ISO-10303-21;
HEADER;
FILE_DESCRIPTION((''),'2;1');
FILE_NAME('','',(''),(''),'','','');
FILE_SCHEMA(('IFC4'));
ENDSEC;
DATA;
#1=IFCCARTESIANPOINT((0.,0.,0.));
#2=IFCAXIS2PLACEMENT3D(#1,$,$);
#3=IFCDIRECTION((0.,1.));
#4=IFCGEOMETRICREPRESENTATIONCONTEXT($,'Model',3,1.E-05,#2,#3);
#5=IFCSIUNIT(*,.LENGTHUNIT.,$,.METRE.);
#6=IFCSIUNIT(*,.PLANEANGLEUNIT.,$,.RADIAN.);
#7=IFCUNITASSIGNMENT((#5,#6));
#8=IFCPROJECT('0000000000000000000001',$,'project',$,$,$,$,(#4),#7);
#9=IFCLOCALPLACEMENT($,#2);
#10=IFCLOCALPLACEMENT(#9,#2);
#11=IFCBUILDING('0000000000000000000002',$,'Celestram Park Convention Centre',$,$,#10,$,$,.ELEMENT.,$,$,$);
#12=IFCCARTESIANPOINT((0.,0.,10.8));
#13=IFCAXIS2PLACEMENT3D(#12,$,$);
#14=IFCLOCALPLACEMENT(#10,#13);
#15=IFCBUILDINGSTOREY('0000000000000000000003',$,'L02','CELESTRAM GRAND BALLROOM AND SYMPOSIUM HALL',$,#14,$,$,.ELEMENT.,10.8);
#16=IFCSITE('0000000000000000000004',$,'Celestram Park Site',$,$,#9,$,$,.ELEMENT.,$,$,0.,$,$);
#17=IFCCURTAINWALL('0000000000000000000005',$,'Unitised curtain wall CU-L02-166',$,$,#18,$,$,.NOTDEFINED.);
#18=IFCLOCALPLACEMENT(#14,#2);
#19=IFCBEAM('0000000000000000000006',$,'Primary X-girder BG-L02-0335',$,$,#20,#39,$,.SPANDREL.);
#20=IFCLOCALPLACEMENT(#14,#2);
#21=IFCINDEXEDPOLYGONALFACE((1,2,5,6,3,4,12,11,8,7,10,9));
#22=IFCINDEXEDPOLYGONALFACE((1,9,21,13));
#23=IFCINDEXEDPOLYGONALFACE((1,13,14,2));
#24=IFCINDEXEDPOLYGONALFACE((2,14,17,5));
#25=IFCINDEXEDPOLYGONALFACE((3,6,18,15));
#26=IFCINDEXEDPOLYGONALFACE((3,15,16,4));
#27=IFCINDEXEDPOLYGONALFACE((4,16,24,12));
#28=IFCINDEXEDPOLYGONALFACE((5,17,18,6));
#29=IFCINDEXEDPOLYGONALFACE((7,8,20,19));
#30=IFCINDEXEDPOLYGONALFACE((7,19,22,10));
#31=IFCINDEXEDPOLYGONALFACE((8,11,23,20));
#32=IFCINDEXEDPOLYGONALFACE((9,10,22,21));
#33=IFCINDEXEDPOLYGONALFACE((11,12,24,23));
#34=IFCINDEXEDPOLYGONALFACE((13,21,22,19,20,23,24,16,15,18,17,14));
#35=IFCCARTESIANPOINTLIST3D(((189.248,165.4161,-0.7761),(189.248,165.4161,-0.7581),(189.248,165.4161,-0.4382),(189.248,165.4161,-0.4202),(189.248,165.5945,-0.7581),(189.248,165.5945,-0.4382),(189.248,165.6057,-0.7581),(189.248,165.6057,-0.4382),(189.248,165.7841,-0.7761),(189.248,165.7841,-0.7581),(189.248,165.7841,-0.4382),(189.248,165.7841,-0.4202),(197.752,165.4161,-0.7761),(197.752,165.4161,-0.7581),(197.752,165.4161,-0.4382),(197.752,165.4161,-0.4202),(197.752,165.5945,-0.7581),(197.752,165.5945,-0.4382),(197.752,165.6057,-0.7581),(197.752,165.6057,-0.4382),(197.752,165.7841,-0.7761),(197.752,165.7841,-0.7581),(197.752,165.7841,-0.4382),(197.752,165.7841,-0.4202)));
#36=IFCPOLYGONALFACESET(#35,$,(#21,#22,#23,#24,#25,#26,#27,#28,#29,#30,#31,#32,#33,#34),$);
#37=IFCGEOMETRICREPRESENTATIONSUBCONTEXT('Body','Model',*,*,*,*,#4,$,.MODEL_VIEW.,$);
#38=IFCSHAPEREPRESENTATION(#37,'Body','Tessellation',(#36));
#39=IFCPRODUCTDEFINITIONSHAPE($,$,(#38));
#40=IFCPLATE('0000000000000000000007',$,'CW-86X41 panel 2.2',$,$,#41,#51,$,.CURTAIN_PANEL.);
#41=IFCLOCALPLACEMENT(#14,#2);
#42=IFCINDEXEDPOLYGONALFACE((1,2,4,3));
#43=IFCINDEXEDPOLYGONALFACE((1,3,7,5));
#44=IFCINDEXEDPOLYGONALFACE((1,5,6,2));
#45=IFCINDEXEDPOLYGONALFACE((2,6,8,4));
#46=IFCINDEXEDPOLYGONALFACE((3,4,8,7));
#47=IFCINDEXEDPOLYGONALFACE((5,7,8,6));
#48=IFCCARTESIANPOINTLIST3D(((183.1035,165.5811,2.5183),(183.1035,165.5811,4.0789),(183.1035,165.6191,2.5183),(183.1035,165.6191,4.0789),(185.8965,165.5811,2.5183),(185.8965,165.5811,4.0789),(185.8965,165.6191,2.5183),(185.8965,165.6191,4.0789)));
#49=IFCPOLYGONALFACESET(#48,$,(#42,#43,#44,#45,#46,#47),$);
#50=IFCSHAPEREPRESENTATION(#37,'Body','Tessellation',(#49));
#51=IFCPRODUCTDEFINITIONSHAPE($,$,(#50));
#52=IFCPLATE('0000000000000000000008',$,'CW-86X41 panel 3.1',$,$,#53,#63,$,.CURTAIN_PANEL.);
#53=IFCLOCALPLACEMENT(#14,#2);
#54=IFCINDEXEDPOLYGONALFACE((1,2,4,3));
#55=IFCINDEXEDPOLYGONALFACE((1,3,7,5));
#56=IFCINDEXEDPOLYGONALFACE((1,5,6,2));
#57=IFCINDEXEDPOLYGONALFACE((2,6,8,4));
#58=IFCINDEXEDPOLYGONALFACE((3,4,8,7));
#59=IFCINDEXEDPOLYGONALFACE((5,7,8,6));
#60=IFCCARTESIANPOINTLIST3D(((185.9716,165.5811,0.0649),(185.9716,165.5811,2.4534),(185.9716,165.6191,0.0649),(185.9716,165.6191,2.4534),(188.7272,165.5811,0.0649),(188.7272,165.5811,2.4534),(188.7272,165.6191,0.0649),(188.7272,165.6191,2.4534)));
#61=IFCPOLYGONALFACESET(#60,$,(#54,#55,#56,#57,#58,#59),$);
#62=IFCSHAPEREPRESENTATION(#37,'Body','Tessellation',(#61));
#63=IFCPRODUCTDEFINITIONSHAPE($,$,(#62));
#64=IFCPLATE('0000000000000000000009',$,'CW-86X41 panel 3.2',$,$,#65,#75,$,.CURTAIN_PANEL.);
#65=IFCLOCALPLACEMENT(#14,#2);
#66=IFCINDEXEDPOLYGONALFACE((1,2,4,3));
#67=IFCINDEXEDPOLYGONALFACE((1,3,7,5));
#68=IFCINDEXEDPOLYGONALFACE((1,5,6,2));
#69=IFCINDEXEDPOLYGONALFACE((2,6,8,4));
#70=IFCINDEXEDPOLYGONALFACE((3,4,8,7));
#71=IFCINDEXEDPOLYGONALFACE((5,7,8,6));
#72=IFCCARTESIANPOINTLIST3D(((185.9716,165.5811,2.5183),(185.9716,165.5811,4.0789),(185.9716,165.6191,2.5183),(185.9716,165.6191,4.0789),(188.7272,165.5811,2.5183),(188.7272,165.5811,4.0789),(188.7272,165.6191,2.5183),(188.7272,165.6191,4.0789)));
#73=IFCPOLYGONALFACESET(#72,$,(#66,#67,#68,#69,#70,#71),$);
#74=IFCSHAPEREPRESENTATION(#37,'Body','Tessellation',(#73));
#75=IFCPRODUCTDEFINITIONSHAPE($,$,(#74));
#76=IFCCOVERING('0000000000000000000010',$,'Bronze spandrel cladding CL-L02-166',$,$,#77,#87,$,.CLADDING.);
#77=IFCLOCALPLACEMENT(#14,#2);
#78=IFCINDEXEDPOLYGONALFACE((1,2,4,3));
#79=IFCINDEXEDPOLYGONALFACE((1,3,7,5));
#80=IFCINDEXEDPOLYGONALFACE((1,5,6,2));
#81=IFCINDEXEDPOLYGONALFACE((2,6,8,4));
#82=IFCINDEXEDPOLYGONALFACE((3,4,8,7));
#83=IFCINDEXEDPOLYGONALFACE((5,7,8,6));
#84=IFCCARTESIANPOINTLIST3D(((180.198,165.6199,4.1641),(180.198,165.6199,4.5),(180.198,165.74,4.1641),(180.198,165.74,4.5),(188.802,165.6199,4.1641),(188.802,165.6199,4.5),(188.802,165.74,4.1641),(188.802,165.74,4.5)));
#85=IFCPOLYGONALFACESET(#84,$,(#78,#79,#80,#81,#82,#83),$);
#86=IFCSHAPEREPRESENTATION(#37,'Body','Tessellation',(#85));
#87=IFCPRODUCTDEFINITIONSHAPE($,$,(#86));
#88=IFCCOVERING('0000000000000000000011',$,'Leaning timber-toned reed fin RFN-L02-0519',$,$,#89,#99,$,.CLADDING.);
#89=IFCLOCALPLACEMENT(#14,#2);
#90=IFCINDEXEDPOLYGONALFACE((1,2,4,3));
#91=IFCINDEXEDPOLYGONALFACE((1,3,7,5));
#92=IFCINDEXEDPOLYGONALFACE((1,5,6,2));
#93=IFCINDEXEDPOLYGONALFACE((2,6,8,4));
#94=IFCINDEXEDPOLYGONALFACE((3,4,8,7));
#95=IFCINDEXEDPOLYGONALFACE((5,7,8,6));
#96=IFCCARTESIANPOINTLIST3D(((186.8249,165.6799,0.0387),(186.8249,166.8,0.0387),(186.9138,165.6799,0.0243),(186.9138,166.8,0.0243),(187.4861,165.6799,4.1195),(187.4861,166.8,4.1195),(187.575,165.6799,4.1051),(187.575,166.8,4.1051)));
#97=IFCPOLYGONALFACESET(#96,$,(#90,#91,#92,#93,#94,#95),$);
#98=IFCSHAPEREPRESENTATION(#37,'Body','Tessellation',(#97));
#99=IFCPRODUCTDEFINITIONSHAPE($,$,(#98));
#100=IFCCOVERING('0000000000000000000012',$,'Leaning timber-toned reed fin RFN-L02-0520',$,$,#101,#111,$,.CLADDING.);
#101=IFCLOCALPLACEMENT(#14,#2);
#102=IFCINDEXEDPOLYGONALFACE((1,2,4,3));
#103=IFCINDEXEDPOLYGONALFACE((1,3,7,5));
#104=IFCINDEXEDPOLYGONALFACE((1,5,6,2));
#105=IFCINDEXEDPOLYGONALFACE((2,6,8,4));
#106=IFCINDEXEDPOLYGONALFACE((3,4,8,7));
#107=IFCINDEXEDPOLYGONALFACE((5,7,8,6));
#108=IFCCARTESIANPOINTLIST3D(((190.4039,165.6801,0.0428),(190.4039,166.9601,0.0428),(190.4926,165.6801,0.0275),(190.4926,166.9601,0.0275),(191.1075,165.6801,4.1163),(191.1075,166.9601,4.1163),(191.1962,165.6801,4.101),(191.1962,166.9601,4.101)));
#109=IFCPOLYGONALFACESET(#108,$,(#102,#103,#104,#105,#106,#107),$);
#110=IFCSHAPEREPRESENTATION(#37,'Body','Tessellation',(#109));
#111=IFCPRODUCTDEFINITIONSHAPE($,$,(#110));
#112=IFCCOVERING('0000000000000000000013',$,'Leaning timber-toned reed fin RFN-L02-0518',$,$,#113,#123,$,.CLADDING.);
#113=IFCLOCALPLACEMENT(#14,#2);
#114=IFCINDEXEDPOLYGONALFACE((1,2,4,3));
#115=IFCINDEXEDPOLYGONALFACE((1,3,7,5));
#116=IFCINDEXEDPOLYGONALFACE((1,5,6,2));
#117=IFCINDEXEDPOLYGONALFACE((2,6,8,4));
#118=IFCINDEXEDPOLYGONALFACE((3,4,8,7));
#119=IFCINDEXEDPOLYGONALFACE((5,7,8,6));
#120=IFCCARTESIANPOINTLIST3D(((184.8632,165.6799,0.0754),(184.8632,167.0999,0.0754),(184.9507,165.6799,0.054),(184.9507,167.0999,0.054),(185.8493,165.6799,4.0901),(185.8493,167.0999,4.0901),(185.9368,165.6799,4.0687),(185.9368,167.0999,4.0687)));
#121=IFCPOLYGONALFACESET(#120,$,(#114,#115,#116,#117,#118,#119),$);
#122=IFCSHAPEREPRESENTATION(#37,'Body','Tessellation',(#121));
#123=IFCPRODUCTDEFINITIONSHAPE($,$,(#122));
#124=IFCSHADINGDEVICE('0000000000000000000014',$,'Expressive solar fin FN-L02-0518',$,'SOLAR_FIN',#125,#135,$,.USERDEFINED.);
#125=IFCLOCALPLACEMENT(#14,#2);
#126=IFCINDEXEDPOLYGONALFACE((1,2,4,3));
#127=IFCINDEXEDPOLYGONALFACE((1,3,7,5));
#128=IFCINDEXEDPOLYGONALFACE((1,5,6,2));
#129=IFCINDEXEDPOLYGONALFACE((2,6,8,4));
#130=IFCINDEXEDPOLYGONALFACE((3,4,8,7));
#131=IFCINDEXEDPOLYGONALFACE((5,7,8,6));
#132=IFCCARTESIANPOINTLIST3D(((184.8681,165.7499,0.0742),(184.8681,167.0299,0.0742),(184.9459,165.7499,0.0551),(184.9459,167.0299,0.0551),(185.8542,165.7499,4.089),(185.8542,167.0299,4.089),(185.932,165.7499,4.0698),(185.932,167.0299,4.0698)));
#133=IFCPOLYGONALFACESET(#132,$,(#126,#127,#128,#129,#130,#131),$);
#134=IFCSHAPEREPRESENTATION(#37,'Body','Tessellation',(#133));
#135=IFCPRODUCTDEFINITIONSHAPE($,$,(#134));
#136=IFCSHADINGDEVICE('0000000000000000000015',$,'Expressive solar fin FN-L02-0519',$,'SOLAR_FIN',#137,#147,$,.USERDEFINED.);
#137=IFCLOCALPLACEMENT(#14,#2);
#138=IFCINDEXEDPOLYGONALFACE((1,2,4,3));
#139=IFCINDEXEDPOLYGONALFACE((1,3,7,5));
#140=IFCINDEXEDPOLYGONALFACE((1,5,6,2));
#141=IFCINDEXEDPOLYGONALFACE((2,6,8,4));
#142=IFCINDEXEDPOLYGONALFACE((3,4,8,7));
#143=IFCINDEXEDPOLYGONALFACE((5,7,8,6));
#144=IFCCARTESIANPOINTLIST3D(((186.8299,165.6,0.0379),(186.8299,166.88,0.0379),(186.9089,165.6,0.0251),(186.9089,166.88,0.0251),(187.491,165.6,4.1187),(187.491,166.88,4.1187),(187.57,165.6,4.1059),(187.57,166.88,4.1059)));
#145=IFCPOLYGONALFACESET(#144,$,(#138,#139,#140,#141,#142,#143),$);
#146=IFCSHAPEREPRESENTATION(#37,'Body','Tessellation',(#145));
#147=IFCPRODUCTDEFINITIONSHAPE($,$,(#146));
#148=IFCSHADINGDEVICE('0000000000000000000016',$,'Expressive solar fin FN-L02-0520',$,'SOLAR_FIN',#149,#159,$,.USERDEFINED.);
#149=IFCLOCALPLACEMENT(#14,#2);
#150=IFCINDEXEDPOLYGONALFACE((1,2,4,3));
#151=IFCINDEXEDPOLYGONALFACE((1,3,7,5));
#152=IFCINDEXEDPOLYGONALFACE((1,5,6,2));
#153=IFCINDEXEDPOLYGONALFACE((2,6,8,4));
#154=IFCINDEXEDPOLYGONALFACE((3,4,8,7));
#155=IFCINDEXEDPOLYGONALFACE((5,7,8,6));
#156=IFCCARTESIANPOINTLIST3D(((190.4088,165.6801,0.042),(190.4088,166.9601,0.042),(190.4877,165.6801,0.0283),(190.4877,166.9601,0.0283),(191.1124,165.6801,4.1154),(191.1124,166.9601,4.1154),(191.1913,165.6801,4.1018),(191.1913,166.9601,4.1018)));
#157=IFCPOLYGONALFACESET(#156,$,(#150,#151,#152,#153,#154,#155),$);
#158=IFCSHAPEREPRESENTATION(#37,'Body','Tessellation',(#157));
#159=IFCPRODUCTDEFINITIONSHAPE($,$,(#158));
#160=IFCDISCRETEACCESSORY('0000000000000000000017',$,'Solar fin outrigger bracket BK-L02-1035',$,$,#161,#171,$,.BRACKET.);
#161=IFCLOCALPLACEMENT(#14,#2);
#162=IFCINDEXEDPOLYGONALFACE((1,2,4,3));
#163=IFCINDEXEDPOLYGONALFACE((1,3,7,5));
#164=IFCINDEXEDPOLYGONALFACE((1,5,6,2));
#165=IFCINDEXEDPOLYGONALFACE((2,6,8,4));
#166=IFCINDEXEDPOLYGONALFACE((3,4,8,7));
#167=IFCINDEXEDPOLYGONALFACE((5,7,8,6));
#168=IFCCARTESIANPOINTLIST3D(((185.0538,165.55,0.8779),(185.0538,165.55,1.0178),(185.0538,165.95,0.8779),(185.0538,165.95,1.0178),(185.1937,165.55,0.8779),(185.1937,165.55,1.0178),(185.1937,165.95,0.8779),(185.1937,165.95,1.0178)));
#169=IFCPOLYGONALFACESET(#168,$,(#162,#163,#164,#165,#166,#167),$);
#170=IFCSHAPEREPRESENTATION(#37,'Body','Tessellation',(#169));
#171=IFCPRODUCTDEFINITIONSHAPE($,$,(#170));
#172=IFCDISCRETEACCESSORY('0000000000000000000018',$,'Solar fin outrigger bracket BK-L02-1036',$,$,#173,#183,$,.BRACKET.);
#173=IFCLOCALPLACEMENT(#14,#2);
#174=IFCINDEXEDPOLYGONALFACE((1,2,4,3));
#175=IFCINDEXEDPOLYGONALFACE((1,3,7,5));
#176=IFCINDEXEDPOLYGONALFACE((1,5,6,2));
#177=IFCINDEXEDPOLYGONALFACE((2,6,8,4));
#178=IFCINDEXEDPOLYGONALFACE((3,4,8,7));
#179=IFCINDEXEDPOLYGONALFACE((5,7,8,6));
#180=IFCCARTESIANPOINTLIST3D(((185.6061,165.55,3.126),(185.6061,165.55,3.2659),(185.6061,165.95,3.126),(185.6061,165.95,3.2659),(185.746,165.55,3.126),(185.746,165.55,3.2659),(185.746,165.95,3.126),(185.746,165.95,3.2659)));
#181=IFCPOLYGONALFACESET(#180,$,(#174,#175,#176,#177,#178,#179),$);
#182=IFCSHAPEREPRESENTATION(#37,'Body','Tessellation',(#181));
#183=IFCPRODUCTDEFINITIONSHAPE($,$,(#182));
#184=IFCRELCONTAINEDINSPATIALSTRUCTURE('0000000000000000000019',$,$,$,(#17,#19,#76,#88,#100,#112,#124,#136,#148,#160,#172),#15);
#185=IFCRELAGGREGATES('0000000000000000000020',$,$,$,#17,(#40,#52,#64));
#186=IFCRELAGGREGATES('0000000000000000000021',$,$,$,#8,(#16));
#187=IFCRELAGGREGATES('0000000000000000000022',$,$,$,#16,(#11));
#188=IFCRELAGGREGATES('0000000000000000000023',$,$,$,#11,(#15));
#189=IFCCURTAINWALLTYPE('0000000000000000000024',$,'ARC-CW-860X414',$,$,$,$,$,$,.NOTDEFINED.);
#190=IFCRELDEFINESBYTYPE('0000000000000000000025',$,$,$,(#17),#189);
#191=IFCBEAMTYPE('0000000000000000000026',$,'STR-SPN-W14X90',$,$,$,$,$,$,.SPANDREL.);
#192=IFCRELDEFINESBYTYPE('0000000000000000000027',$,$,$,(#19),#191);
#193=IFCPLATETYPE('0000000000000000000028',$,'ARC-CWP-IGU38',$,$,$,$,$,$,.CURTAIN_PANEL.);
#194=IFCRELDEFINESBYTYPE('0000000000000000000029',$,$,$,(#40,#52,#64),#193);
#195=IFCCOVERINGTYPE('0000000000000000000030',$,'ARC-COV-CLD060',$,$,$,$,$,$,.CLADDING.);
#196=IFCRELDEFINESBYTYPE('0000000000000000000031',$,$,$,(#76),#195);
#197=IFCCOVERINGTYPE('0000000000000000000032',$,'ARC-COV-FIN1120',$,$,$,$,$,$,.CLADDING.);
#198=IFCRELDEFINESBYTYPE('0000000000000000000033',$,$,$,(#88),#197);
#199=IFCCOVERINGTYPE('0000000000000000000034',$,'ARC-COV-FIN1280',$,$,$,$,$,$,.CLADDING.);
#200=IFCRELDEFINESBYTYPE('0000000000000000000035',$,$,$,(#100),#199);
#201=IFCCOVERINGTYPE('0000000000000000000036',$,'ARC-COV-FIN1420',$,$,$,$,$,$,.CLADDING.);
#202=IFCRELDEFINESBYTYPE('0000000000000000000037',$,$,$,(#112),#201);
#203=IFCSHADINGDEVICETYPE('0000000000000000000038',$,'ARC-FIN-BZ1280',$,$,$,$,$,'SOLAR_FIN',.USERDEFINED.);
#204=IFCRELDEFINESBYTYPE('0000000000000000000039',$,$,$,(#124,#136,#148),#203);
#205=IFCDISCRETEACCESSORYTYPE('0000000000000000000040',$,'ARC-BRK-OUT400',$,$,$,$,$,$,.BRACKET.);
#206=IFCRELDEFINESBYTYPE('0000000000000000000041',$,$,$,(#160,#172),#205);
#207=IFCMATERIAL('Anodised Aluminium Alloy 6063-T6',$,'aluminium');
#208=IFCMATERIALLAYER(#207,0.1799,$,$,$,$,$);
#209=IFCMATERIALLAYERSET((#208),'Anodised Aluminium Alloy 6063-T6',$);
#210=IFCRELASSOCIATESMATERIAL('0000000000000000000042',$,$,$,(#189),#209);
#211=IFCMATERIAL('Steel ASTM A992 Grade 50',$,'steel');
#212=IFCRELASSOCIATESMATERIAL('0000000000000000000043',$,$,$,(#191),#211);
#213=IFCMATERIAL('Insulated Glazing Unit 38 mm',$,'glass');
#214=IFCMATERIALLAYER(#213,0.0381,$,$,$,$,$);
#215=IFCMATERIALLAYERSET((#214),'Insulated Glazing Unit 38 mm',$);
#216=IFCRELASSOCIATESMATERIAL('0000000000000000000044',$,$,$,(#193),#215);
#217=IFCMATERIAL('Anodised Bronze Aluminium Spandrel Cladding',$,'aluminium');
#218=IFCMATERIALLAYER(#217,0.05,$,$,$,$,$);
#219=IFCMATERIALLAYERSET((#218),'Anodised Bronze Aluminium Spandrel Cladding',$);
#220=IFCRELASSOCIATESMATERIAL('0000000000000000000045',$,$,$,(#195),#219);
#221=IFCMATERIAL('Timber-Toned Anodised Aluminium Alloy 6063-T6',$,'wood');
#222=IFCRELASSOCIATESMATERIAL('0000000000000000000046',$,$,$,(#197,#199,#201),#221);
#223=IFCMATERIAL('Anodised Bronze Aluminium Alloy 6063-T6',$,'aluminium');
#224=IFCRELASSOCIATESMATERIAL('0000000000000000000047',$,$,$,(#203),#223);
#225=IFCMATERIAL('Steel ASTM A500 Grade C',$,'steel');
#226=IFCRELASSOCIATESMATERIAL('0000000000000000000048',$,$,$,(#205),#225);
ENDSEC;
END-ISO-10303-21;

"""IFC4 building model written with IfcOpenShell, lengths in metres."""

from ifc_helpers import new_model, si_unit, direction, frame, origin, origin_2d, place, context, subcontext, project, spatial, rectangle, i_section, extrude, material, layer, layer_set, material_profile, profile_set, type_object, element, aggregate, save


model = new_model("IFC4")

# Units and contexts
model_context = context("Model", 3, precision=1e-05, world=origin(), true_north=direction((0.0, 1.0)))
body_context = subcontext(model_context, "Body", "Model", "MODEL_VIEW")
ifc_project = project(units=[si_unit("LENGTHUNIT", "METRE"), si_unit("PLANEANGLEUNIT", "RADIAN")], contexts=[model_context])

# Site, building, storey
site_placement = place(None, origin())
site = spatial("IfcSite", under=ifc_project, at=site_placement, Name="Celestram Park Site", CompositionType="ELEMENT", RefElevation=0.0)
building_placement = place(site_placement, origin())
building = spatial("IfcBuilding", under=site, at=building_placement, Name="Celestram Park Convention Centre", CompositionType="ELEMENT")
storey_placement = place(building_placement, frame((0.0, 0.0, 10.8)))
storey = spatial("IfcBuildingStorey", under=building, at=storey_placement, Name="L02", Description="CELESTRAM GRAND BALLROOM AND SYMPOSIUM HALL", CompositionType="ELEMENT", Elevation=10.8)

# Shared definitions
ifc_material_1 = material(Name="Steel ASTM A500 Grade C", Category="steel")

# Curtain wall
ifc_material_2 = material(Name="Anodised Aluminium Alloy 6063-T6", Category="aluminium")
ifc_layer_1 = layer(ifc_material_2, 0.1799)
ifc_layer_set_1 = layer_set([ifc_layer_1], Name="Anodised Aluminium Alloy 6063-T6")
curtain_wall_type = type_object("IfcCurtainWallType", Name="ARC-CW-860X414", PredefinedType="NOTDEFINED", material=ifc_layer_set_1)
curtain_wall_1_placement = place(storey_placement, origin())
curtain_wall_1 = element("IfcCurtainWall", 1, at=curtain_wall_1_placement, inside=storey, type_object=curtain_wall_type, Name="Unitised curtain wall CU-L02-166", PredefinedType="NOTDEFINED")

# Beam
ifc_material_3 = material(Name="Steel ASTM A992 Grade 50", Category="steel")
ifc_material_profile_1 = material_profile(ifc_material_3, i_section(OverallWidth=0.3679, OverallDepth=0.356, WebThickness=0.0112, FlangeThickness=0.0181, at=origin_2d()), Name="W14X90")
ifc_profile_set_1 = profile_set([ifc_material_profile_1], Name="Steel ASTM A992 Grade 50")
beam_type = type_object("IfcBeamType", Name="STR-SPN-W14X90", PredefinedType="SPANDREL", material=ifc_profile_set_1)
beam_placement = place(storey_placement, frame((189.248, 165.6001, -0.5981), z_axis=(1.0, 0.0, 0.0), x_axis=(0.0, 1.0, 0.0)))
element("IfcBeam", 2, at=beam_placement, inside=storey, type_object=beam_type, Name="Primary X-girder BG-L02-0335", PredefinedType="SPANDREL", context=body_context, shape_type="SweptSolid", body=[
    extrude(i_section(OverallWidth=0.3679, OverallDepth=0.356, WebThickness=0.0112, FlangeThickness=0.0181, at=origin_2d()), origin(), (0.0, 0.0, 1.0), 8.5039),
])

# Plates
ifc_material_4 = material(Name="Insulated Glazing Unit 38 mm", Category="glass")
ifc_layer_2 = layer(ifc_material_4, 0.0381)
ifc_layer_set_2 = layer_set([ifc_layer_2], Name="Insulated Glazing Unit 38 mm")
plate_type = type_object("IfcPlateType", Name="ARC-CWP-IGU38", PredefinedType="CURTAIN_PANEL", material=ifc_layer_set_2)
plate_1_placement = place(storey_placement, frame((184.5, 165.6001, 2.5183), z_axis=(0.0, 0.0, 1.0), x_axis=(1.0, 0.0, 0.0)))
plate_1 = element("IfcPlate", 3, at=plate_1_placement, type_object=plate_type, Name="CW-86X41 panel 2.2", PredefinedType="CURTAIN_PANEL", context=body_context, shape_type="SweptSolid", body=[
    extrude(rectangle(XDim=2.793, YDim=0.0381, at=origin_2d()), origin(), (0.0, 0.0, 1.0), 1.5605),
])
plate_2_placement = place(storey_placement, frame((187.3494, 165.6001, 0.0649), z_axis=(0.0, 0.0, 1.0), x_axis=(1.0, 0.0, 0.0)))
plate_2 = element("IfcPlate", 4, at=plate_2_placement, type_object=plate_type, Name="CW-86X41 panel 3.1", PredefinedType="CURTAIN_PANEL", context=body_context, shape_type="SweptSolid", body=[
    extrude(rectangle(XDim=2.7556, YDim=0.0381, at=origin_2d()), origin(), (0.0, 0.0, 1.0), 2.3884),
])
plate_3_placement = place(storey_placement, frame((187.3494, 165.6001, 2.5183), z_axis=(0.0, 0.0, 1.0), x_axis=(1.0, 0.0, 0.0)))
plate_3 = element("IfcPlate", 5, at=plate_3_placement, type_object=plate_type, Name="CW-86X41 panel 3.2", PredefinedType="CURTAIN_PANEL", context=body_context, shape_type="SweptSolid", body=[
    extrude(rectangle(XDim=2.7556, YDim=0.0381, at=origin_2d()), origin(), (0.0, 0.0, 1.0), 1.5605),
])
aggregate(curtain_wall_1, [plate_1, plate_2, plate_3])

# Coverings
ifc_material_5 = material(Name="Anodised Bronze Aluminium Spandrel Cladding", Category="aluminium")
ifc_layer_3 = layer(ifc_material_5, 0.05)
ifc_layer_set_3 = layer_set([ifc_layer_3], Name="Anodised Bronze Aluminium Spandrel Cladding")
covering_type_1 = type_object("IfcCoveringType", Name="ARC-COV-CLD060", PredefinedType="CLADDING", material=ifc_layer_set_3)
covering_1_placement = place(storey_placement, frame((184.5, 165.6799, 4.1641), z_axis=(0.0, 0.0, 1.0), x_axis=(1.0, 0.0, 0.0)))
element("IfcCovering", 6, at=covering_1_placement, inside=storey, type_object=covering_type_1, Name="Bronze spandrel cladding CL-L02-166", PredefinedType="CLADDING", context=body_context, shape_type="SweptSolid", body=[
    extrude(rectangle(XDim=8.604, YDim=0.1201, at=origin_2d()), origin(), (0.0, 0.0, 1.0), 0.3359),
])
ifc_material_6 = material(Name="Timber-Toned Anodised Aluminium Alloy 6063-T6", Category="wood")
ifc_material_profile_2 = material_profile(ifc_material_6, rectangle(XDim=1.1201, YDim=0.0901, at=origin_2d()), Name="REED1120X90")
ifc_profile_set_2 = profile_set([ifc_material_profile_2], Name="Timber-Toned Anodised Aluminium Alloy 6063-T6")
covering_type_2 = type_object("IfcCoveringType", Name="ARC-COV-FIN1120", PredefinedType="CLADDING", material=ifc_profile_set_2)
covering_2_placement = place(storey_placement, frame((186.8694, 166.24, 0.0315), z_axis=(0.159925, 0.0, 0.987129), x_axis=(0.0, 1.0, 0.0)))
element("IfcCovering", 7, at=covering_2_placement, inside=storey, type_object=covering_type_2, Name="Leaning timber-toned reed fin RFN-L02-0519", PredefinedType="CLADDING", context=body_context, shape_type="SweptSolid", body=[
    extrude(rectangle(XDim=1.1201, YDim=0.0901, at=origin_2d()), origin(), (0.0, 0.0, 1.0), 4.134),
])
ifc_material_profile_3 = material_profile(ifc_material_6, rectangle(XDim=1.28, YDim=0.0901, at=origin_2d()), Name="REED1280X90")
ifc_profile_set_3 = profile_set([ifc_material_profile_3], Name="Timber-Toned Anodised Aluminium Alloy 6063-T6")
covering_type_3 = type_object("IfcCoveringType", Name="ARC-COV-FIN1280", PredefinedType="CLADDING", material=ifc_profile_set_3)
covering_3_placement = place(storey_placement, frame((190.4482, 166.3201, 0.0352), z_axis=(0.17021, 0.0, 0.985408), x_axis=(0.0, 1.0, 0.0)))
element("IfcCovering", 8, at=covering_3_placement, inside=storey, type_object=covering_type_3, Name="Leaning timber-toned reed fin RFN-L02-0520", PredefinedType="CLADDING", context=body_context, shape_type="SweptSolid", body=[
    extrude(rectangle(XDim=1.28, YDim=0.0901, at=origin_2d()), origin(), (0.0, 0.0, 1.0), 4.1338),
])
ifc_material_profile_4 = material_profile(ifc_material_6, rectangle(XDim=1.4199, YDim=0.0901, at=origin_2d()), Name="REED1420X90")
ifc_profile_set_4 = profile_set([ifc_material_profile_4], Name="Timber-Toned Anodised Aluminium Alloy 6063-T6")
covering_type_4 = type_object("IfcCoveringType", Name="ARC-COV-FIN1420", PredefinedType="CLADDING", material=ifc_profile_set_4)
covering_4_placement = place(storey_placement, frame((184.907, 166.3899, 0.0647), z_axis=(0.238532, 0.0, 0.971135), x_axis=(0.0, 1.0, 0.0)))
element("IfcCovering", 9, at=covering_4_placement, inside=storey, type_object=covering_type_4, Name="Leaning timber-toned reed fin RFN-L02-0518", PredefinedType="CLADDING", context=body_context, shape_type="SweptSolid", body=[
    extrude(rectangle(XDim=1.4199, YDim=0.0901, at=origin_2d()), origin(), (0.0, 0.0, 1.0), 4.134),
])

# Shading devices
ifc_material_7 = material(Name="Anodised Bronze Aluminium Alloy 6063-T6", Category="aluminium")
ifc_material_profile_5 = material_profile(ifc_material_7, rectangle(XDim=1.28, YDim=0.0801, at=origin_2d()), Name="FIN1280X80")
ifc_profile_set_5 = profile_set([ifc_material_profile_5], Name="Anodised Bronze Aluminium Alloy 6063-T6")
shading_device_type = type_object("IfcShadingDeviceType", Name="ARC-FIN-BZ1280", ElementType="SOLAR_FIN", PredefinedType="USERDEFINED", material=ifc_profile_set_5)
for number, where, z_axis, x_axis, name in (
    (10, (184.907, 166.3899, 0.0647), (0.238532, 0.0, 0.971135), (0.0, 1.0, 0.0), "Expressive solar fin FN-L02-0518"),
    (11, (186.8694, 166.24, 0.0315), (0.159925, 0.0, 0.987129), (0.0, 1.0, 0.0), "Expressive solar fin FN-L02-0519"),
):
    element("IfcShadingDevice", number, at=place(storey_placement, frame(where, z_axis=z_axis, x_axis=x_axis)), inside=storey, type_object=shading_device_type, Name=name, ObjectType="SOLAR_FIN", PredefinedType="USERDEFINED", context=body_context, shape_type="SweptSolid", body=[
        extrude(rectangle(XDim=1.28, YDim=0.0801, at=origin_2d()), origin(), (0.0, 0.0, 1.0), 4.134),
    ])
shading_device_placement = place(storey_placement, frame((190.4482, 166.3201, 0.0352), z_axis=(0.17021, 0.0, 0.985408), x_axis=(0.0, 1.0, 0.0)))
element("IfcShadingDevice", 12, at=shading_device_placement, inside=storey, type_object=shading_device_type, Name="Expressive solar fin FN-L02-0520", ObjectType="SOLAR_FIN", PredefinedType="USERDEFINED", context=body_context, shape_type="SweptSolid", body=[
    extrude(rectangle(XDim=1.28, YDim=0.0801, at=origin_2d()), origin(), (0.0, 0.0, 1.0), 4.1338),
])

# Discrete accessories
discrete_accessory_type = type_object("IfcDiscreteAccessoryType", Name="ARC-BRK-OUT400", PredefinedType="BRACKET", material=ifc_material_1)
for number, where, z_axis, x_axis, name in (
    (13, (185.1238, 165.75, 0.8779), (0.0, 0.0, 1.0), (0.0, 1.0, 0.0), "Solar fin outrigger bracket BK-L02-1035"),
    (14, (185.676, 165.75, 3.126), (0.0, 0.0, 1.0), (0.0, 1.0, 0.0), "Solar fin outrigger bracket BK-L02-1036"),
):
    element("IfcDiscreteAccessory", number, at=place(storey_placement, frame(where, z_axis=z_axis, x_axis=x_axis)), inside=storey, type_object=discrete_accessory_type, Name=name, PredefinedType="BRACKET", context=body_context, shape_type="SweptSolid", body=[
        extrude(rectangle(XDim=0.3999, YDim=0.1399, at=origin_2d()), origin(), (0.0, 0.0, 1.0), 0.1399),
    ])

save(model, "model.ifc")
